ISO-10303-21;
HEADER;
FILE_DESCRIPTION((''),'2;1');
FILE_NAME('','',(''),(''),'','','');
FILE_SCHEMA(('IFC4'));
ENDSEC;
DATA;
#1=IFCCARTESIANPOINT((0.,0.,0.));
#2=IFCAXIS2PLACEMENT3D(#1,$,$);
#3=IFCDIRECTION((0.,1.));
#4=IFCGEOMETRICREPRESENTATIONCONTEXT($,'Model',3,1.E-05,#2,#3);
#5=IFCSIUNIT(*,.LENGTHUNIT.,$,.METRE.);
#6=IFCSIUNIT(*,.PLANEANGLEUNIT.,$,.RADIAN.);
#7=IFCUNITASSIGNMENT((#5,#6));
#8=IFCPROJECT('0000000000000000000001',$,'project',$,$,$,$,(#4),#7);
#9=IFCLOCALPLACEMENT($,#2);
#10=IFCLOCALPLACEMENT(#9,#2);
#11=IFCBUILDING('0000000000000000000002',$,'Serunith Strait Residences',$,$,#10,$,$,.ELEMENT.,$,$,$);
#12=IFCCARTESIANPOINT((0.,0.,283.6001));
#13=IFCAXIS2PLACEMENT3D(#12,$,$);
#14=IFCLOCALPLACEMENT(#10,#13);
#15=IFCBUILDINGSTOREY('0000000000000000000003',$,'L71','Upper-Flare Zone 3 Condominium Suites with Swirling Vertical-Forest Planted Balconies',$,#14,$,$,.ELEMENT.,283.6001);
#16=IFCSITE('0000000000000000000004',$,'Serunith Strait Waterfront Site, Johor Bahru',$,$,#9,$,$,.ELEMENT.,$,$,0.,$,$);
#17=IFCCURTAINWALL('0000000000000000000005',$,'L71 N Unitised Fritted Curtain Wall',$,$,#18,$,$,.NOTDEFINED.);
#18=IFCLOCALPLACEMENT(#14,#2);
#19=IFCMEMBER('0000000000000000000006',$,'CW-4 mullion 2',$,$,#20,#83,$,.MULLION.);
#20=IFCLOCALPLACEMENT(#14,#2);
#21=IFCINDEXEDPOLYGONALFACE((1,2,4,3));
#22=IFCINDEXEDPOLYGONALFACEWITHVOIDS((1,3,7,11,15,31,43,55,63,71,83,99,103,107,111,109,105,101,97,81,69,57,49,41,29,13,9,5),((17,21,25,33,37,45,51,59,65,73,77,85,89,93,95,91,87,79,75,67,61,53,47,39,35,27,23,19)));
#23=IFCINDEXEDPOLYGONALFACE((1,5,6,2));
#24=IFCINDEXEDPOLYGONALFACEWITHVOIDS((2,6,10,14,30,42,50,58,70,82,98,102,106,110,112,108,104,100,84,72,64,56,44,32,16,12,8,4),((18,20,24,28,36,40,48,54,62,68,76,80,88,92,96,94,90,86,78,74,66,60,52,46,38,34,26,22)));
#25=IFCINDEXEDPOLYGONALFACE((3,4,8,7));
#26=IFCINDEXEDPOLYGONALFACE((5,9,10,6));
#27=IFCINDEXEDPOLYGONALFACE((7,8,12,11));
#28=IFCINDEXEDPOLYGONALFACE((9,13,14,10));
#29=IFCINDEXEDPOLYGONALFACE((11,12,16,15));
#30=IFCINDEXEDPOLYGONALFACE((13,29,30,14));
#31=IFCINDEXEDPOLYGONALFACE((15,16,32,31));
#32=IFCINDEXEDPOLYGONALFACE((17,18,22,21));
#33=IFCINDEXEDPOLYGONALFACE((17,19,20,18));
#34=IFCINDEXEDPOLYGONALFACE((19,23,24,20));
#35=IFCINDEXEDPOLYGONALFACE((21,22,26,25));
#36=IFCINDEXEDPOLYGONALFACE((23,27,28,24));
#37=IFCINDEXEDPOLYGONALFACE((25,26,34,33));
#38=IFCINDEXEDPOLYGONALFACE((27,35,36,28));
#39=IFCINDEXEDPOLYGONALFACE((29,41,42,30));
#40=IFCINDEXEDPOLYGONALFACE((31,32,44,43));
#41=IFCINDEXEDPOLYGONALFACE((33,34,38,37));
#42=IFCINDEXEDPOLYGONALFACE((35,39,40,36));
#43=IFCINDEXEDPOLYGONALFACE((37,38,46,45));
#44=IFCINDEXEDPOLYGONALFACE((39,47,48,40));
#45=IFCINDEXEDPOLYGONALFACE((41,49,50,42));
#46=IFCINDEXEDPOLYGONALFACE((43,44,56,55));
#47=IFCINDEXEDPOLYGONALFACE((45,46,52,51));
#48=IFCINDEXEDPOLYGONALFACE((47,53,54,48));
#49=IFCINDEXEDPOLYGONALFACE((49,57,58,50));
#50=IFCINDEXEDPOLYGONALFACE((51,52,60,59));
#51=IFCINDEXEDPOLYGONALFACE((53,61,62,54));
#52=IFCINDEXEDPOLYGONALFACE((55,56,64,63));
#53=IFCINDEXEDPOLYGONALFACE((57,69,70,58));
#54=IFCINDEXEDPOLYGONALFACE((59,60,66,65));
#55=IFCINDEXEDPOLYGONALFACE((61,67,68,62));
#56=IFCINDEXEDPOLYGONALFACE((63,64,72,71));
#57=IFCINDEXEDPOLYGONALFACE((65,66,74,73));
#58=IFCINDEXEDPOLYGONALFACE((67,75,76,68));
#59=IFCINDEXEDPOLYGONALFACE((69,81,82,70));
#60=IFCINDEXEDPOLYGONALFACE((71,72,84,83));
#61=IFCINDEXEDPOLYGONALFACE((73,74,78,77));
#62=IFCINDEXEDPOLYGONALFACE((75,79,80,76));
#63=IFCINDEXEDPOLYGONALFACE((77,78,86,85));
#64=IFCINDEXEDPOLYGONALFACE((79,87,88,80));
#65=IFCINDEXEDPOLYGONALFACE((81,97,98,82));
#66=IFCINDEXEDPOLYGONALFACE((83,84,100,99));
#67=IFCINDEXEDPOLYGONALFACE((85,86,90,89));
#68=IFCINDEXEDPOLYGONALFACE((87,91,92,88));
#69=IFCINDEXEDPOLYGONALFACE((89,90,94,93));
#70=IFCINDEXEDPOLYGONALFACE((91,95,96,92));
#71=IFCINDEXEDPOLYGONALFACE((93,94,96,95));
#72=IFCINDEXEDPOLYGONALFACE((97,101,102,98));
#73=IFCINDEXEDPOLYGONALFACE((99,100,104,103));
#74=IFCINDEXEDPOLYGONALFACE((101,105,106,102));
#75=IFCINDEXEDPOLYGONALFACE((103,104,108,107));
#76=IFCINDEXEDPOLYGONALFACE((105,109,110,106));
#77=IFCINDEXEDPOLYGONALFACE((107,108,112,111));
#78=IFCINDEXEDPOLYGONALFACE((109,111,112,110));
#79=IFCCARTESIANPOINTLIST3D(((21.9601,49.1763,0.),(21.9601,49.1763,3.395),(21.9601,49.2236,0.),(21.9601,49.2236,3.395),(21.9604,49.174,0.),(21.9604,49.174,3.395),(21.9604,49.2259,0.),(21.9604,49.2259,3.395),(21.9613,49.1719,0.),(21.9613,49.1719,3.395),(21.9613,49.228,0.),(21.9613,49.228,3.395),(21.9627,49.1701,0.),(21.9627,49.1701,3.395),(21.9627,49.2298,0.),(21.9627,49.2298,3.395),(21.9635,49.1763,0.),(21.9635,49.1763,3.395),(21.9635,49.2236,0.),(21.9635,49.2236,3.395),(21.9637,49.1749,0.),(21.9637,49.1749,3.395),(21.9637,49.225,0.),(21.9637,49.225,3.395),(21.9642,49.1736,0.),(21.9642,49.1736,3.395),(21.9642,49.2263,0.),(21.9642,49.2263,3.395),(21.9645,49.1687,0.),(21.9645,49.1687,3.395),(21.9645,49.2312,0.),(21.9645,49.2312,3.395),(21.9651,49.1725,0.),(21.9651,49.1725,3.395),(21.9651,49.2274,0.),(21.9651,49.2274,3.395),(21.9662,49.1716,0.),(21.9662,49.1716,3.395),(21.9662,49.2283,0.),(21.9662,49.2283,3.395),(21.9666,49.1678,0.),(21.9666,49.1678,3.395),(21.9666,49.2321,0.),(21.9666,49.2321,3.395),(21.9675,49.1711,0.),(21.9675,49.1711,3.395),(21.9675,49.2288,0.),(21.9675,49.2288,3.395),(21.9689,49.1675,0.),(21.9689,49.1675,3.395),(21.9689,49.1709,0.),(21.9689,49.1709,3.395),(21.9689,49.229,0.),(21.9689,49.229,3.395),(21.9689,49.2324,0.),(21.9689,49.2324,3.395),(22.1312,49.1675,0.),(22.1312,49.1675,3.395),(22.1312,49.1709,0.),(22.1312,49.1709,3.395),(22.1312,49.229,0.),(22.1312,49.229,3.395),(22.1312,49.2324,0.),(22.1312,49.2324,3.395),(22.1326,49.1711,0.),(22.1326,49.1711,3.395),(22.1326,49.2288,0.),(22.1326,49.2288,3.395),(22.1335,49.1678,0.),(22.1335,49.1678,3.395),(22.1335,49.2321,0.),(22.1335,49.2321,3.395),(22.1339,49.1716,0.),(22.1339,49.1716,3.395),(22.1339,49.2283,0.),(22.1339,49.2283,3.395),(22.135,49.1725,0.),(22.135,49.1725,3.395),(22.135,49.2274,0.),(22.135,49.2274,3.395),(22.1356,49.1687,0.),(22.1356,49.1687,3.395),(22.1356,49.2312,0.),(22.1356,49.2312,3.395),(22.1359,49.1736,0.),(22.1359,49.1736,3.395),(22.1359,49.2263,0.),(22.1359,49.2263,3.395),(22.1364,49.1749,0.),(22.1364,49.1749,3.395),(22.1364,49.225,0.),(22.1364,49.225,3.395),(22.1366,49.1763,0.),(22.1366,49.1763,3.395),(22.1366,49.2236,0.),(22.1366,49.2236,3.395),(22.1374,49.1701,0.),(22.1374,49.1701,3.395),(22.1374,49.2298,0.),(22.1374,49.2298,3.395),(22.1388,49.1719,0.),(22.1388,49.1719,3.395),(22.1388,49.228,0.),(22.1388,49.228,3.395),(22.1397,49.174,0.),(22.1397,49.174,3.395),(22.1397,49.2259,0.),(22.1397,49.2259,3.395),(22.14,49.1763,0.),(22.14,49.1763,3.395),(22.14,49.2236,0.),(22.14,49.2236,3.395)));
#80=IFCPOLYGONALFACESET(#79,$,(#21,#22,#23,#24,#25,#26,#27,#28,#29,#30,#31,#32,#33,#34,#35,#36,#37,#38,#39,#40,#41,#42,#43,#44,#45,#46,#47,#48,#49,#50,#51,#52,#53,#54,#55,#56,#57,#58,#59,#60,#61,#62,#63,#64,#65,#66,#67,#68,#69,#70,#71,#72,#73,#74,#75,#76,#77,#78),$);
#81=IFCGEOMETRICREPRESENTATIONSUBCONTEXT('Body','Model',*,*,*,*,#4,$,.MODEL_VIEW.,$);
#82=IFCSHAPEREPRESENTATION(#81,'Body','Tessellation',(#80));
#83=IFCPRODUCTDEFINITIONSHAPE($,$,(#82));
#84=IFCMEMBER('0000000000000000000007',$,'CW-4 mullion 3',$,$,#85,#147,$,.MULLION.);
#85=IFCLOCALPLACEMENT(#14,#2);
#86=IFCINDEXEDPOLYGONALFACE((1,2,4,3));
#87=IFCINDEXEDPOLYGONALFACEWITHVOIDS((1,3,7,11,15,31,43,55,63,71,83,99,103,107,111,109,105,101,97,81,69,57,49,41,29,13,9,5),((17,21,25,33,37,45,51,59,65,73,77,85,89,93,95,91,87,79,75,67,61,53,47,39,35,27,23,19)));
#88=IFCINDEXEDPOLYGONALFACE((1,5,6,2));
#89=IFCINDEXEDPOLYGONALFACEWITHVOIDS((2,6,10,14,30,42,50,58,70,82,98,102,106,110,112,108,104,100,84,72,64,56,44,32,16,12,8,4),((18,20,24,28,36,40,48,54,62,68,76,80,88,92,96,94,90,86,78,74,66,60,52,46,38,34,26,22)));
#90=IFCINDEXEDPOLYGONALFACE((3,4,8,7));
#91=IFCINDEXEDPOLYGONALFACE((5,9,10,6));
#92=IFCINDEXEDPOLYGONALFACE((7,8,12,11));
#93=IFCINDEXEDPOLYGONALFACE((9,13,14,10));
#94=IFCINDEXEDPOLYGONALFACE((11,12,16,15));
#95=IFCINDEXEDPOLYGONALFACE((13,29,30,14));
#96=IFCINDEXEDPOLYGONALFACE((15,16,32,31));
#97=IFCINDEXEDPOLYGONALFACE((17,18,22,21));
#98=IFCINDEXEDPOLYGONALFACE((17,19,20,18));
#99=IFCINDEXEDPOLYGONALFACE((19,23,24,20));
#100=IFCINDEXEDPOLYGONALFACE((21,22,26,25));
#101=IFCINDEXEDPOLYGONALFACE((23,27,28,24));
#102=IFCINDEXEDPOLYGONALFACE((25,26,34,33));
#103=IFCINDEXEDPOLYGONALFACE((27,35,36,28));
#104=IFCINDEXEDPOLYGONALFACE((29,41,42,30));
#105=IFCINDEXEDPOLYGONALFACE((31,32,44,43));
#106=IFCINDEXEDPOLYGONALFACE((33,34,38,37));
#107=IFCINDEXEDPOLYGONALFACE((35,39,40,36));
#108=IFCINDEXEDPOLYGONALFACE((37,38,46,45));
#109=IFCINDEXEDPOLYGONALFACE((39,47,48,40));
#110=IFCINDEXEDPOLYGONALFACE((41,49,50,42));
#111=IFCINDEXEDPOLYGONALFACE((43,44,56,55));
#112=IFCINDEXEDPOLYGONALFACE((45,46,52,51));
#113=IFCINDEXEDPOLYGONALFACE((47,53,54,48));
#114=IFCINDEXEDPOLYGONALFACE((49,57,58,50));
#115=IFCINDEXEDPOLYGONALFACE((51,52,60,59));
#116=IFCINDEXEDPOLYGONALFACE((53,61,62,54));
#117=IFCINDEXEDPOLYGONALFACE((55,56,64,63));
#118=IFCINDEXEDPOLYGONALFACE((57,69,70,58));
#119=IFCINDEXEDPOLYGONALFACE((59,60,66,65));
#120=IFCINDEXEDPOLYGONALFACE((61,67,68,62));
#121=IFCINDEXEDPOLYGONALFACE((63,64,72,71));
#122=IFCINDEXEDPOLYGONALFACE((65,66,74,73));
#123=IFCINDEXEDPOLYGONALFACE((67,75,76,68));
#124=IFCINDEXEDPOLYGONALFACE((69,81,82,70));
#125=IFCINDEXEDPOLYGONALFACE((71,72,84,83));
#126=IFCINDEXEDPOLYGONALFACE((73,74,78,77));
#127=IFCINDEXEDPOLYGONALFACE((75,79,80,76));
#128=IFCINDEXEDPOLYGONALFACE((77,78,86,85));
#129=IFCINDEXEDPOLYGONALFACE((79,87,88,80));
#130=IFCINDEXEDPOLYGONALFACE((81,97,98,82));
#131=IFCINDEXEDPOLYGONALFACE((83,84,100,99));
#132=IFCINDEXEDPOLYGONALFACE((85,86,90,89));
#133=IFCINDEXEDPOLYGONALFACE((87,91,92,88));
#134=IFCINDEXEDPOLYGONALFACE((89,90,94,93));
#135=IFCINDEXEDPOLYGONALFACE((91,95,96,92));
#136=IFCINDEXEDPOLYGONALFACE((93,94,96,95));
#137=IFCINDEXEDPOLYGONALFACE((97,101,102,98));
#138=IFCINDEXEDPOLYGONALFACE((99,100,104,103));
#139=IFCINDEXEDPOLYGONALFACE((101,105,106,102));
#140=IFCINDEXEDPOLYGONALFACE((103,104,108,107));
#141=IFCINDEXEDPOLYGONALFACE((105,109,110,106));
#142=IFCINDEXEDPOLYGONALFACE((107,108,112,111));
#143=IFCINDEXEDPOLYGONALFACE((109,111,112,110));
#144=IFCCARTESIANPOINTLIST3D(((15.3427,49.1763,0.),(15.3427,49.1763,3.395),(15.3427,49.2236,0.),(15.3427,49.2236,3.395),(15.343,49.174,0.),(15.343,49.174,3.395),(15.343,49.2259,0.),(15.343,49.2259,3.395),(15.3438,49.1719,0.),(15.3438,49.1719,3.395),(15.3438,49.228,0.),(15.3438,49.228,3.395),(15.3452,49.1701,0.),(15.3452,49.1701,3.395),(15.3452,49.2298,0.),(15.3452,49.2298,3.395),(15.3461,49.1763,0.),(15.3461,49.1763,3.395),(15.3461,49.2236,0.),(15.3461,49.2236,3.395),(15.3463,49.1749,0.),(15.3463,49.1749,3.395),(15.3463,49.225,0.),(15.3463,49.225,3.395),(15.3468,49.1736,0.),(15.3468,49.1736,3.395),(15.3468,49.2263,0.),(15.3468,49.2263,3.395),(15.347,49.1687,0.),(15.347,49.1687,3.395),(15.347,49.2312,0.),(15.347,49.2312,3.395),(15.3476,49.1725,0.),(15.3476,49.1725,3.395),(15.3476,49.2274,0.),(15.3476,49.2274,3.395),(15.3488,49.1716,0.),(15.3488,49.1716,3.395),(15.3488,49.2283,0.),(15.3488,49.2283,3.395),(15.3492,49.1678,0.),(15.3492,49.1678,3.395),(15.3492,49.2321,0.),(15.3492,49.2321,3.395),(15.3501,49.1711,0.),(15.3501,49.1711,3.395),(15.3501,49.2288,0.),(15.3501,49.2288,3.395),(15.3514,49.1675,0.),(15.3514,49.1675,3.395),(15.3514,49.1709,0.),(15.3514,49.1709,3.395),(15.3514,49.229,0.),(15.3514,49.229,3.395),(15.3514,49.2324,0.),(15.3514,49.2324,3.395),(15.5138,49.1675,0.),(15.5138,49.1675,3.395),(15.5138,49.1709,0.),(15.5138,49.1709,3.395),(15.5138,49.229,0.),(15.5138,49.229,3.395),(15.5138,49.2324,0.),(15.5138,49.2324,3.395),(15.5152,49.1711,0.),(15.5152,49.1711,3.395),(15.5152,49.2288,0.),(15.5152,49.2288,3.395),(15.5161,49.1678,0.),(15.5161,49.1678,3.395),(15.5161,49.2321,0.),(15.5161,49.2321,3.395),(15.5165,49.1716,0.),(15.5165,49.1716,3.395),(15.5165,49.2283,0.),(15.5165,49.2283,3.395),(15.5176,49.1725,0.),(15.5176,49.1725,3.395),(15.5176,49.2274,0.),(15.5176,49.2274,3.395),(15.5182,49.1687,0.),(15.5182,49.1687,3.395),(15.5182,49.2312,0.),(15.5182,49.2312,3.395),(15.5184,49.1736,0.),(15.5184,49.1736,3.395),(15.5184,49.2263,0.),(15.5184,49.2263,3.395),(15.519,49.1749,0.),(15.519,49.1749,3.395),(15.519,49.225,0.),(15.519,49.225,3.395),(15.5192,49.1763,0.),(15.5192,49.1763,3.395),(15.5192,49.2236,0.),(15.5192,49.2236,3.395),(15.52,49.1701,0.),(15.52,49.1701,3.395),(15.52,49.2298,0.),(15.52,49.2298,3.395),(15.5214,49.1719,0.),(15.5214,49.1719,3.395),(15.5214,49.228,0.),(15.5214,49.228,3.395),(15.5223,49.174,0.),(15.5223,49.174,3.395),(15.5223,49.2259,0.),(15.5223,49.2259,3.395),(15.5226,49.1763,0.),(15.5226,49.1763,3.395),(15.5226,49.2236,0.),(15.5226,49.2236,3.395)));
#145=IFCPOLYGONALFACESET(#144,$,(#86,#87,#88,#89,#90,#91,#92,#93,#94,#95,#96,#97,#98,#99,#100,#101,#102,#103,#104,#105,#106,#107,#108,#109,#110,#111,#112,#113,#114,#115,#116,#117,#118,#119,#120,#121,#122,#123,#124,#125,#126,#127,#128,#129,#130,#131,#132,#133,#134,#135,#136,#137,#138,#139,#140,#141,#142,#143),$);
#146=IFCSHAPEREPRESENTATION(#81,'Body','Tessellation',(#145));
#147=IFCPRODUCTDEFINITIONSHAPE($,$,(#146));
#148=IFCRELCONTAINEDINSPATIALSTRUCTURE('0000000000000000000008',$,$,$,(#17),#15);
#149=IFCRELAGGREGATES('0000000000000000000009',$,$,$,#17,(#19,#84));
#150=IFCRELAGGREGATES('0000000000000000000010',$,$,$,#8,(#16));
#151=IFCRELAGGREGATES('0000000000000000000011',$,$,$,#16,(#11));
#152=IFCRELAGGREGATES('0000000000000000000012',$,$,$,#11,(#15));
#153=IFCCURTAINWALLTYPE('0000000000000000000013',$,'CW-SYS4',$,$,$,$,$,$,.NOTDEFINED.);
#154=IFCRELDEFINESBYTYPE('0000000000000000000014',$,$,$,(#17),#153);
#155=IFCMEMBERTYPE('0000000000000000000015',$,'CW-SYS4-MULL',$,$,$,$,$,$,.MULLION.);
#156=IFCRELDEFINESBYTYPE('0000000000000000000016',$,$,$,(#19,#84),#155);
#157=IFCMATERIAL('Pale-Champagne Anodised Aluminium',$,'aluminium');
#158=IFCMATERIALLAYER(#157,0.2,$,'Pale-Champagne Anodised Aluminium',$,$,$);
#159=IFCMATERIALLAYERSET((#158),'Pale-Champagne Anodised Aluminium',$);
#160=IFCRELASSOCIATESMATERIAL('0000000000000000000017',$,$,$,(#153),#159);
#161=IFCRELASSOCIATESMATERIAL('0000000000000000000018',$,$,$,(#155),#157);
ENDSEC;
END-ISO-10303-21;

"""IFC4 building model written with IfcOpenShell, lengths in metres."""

from ifc_helpers import new_model, si_unit, direction, frame, origin, origin_2d, place, context, subcontext, project, spatial, hollow_rectangle, extrude, source, transform, mapped, material, layer, layer_set, material_profile, profile_set, type_object, element, aggregate, save


model = new_model("IFC4")

# Units and contexts
model_context = context("Model", 3, precision=1e-05, world=origin(), true_north=direction((0.0, 1.0)))
body_context = subcontext(model_context, "Body", "Model", "MODEL_VIEW")
ifc_project = project(units=[si_unit("LENGTHUNIT", "METRE"), si_unit("PLANEANGLEUNIT", "RADIAN")], contexts=[model_context])

# Site, building, storey
site_placement = place(None, origin())
site = spatial("IfcSite", under=ifc_project, at=site_placement, Name="Serunith Strait Waterfront Site, Johor Bahru", CompositionType="ELEMENT", RefElevation=0.0)
building_placement = place(site_placement, origin())
building = spatial("IfcBuilding", under=site, at=building_placement, Name="Serunith Strait Residences", CompositionType="ELEMENT")
storey_placement = place(building_placement, frame((0.0, 0.0, 283.6001)))
storey = spatial("IfcBuildingStorey", under=building, at=storey_placement, Name="L71", Description="Upper-Flare Zone 3 Condominium Suites with Swirling Vertical-Forest Planted Balconies", CompositionType="ELEMENT", Elevation=283.6001)

# Curtain wall
ifc_material_1 = material(Name="Pale-Champagne Anodised Aluminium", Category="aluminium")
ifc_layer_1 = layer(ifc_material_1, 0.2, Name="Pale-Champagne Anodised Aluminium")
ifc_layer_set_1 = layer_set([ifc_layer_1], Name="Pale-Champagne Anodised Aluminium")
curtain_wall_type = type_object("IfcCurtainWallType", Name="CW-SYS4", PredefinedType="NOTDEFINED", material=ifc_layer_set_1)
curtain_wall_1_placement = place(storey_placement, origin())
curtain_wall_1 = element("IfcCurtainWall", 1, at=curtain_wall_1_placement, inside=storey, type_object=curtain_wall_type, Name="L71 N Unitised Fritted Curtain Wall", PredefinedType="NOTDEFINED")

# Members
ifc_material_profile_1 = material_profile(ifc_material_1, hollow_rectangle(XDim=0.0649, YDim=0.1799, WallThickness=0.0034, InnerFilletRadius=0.0054, OuterFilletRadius=0.0088, at=origin_2d()), Name="ALU 180x65x3.5")
ifc_profile_set_1 = profile_set([ifc_material_profile_1], Name="Pale-Champagne Anodised Aluminium")
member_type_1 = type_object("IfcMemberType", Name="CW-SYS4-MULL", PredefinedType="MULLION", material=ifc_profile_set_1)
shared_shape_1 = source(origin(), body_context, "Body", "SweptSolid", [
    extrude(hollow_rectangle(XDim=0.0649, YDim=0.1799, WallThickness=0.0034, InnerFilletRadius=0.0054, OuterFilletRadius=0.0088, at=origin_2d()), origin(), (0.0, 0.0, 1.0), 3.395),
])
member_1_placement = place(storey_placement, frame((22.05, 49.2, 0.0), z_axis=(0.0, 0.0, 1.0), x_axis=(0.0, -1.0, 0.0)))
member_1 = element("IfcMember", 2, at=member_1_placement, type_object=member_type_1, Name="CW-4 mullion 2", PredefinedType="MULLION", context=body_context, shape_type="MappedRepresentation", body=[
    mapped(shared_shape_1, transform((0.0, 0.0, 0.0), scale=1.0)),
])
member_2_placement = place(storey_placement, frame((15.4326, 49.2, 0.0), z_axis=(0.0, 0.0, 1.0), x_axis=(0.0, -1.0, 0.0)))
member_2 = element("IfcMember", 3, at=member_2_placement, type_object=member_type_1, Name="CW-4 mullion 3", PredefinedType="MULLION", context=body_context, shape_type="MappedRepresentation", body=[
    mapped(shared_shape_1, transform((0.0, 0.0, 0.0), scale=1.0)),
])

aggregate(curtain_wall_1, [member_1, member_2])

save(model, "model.ifc")
